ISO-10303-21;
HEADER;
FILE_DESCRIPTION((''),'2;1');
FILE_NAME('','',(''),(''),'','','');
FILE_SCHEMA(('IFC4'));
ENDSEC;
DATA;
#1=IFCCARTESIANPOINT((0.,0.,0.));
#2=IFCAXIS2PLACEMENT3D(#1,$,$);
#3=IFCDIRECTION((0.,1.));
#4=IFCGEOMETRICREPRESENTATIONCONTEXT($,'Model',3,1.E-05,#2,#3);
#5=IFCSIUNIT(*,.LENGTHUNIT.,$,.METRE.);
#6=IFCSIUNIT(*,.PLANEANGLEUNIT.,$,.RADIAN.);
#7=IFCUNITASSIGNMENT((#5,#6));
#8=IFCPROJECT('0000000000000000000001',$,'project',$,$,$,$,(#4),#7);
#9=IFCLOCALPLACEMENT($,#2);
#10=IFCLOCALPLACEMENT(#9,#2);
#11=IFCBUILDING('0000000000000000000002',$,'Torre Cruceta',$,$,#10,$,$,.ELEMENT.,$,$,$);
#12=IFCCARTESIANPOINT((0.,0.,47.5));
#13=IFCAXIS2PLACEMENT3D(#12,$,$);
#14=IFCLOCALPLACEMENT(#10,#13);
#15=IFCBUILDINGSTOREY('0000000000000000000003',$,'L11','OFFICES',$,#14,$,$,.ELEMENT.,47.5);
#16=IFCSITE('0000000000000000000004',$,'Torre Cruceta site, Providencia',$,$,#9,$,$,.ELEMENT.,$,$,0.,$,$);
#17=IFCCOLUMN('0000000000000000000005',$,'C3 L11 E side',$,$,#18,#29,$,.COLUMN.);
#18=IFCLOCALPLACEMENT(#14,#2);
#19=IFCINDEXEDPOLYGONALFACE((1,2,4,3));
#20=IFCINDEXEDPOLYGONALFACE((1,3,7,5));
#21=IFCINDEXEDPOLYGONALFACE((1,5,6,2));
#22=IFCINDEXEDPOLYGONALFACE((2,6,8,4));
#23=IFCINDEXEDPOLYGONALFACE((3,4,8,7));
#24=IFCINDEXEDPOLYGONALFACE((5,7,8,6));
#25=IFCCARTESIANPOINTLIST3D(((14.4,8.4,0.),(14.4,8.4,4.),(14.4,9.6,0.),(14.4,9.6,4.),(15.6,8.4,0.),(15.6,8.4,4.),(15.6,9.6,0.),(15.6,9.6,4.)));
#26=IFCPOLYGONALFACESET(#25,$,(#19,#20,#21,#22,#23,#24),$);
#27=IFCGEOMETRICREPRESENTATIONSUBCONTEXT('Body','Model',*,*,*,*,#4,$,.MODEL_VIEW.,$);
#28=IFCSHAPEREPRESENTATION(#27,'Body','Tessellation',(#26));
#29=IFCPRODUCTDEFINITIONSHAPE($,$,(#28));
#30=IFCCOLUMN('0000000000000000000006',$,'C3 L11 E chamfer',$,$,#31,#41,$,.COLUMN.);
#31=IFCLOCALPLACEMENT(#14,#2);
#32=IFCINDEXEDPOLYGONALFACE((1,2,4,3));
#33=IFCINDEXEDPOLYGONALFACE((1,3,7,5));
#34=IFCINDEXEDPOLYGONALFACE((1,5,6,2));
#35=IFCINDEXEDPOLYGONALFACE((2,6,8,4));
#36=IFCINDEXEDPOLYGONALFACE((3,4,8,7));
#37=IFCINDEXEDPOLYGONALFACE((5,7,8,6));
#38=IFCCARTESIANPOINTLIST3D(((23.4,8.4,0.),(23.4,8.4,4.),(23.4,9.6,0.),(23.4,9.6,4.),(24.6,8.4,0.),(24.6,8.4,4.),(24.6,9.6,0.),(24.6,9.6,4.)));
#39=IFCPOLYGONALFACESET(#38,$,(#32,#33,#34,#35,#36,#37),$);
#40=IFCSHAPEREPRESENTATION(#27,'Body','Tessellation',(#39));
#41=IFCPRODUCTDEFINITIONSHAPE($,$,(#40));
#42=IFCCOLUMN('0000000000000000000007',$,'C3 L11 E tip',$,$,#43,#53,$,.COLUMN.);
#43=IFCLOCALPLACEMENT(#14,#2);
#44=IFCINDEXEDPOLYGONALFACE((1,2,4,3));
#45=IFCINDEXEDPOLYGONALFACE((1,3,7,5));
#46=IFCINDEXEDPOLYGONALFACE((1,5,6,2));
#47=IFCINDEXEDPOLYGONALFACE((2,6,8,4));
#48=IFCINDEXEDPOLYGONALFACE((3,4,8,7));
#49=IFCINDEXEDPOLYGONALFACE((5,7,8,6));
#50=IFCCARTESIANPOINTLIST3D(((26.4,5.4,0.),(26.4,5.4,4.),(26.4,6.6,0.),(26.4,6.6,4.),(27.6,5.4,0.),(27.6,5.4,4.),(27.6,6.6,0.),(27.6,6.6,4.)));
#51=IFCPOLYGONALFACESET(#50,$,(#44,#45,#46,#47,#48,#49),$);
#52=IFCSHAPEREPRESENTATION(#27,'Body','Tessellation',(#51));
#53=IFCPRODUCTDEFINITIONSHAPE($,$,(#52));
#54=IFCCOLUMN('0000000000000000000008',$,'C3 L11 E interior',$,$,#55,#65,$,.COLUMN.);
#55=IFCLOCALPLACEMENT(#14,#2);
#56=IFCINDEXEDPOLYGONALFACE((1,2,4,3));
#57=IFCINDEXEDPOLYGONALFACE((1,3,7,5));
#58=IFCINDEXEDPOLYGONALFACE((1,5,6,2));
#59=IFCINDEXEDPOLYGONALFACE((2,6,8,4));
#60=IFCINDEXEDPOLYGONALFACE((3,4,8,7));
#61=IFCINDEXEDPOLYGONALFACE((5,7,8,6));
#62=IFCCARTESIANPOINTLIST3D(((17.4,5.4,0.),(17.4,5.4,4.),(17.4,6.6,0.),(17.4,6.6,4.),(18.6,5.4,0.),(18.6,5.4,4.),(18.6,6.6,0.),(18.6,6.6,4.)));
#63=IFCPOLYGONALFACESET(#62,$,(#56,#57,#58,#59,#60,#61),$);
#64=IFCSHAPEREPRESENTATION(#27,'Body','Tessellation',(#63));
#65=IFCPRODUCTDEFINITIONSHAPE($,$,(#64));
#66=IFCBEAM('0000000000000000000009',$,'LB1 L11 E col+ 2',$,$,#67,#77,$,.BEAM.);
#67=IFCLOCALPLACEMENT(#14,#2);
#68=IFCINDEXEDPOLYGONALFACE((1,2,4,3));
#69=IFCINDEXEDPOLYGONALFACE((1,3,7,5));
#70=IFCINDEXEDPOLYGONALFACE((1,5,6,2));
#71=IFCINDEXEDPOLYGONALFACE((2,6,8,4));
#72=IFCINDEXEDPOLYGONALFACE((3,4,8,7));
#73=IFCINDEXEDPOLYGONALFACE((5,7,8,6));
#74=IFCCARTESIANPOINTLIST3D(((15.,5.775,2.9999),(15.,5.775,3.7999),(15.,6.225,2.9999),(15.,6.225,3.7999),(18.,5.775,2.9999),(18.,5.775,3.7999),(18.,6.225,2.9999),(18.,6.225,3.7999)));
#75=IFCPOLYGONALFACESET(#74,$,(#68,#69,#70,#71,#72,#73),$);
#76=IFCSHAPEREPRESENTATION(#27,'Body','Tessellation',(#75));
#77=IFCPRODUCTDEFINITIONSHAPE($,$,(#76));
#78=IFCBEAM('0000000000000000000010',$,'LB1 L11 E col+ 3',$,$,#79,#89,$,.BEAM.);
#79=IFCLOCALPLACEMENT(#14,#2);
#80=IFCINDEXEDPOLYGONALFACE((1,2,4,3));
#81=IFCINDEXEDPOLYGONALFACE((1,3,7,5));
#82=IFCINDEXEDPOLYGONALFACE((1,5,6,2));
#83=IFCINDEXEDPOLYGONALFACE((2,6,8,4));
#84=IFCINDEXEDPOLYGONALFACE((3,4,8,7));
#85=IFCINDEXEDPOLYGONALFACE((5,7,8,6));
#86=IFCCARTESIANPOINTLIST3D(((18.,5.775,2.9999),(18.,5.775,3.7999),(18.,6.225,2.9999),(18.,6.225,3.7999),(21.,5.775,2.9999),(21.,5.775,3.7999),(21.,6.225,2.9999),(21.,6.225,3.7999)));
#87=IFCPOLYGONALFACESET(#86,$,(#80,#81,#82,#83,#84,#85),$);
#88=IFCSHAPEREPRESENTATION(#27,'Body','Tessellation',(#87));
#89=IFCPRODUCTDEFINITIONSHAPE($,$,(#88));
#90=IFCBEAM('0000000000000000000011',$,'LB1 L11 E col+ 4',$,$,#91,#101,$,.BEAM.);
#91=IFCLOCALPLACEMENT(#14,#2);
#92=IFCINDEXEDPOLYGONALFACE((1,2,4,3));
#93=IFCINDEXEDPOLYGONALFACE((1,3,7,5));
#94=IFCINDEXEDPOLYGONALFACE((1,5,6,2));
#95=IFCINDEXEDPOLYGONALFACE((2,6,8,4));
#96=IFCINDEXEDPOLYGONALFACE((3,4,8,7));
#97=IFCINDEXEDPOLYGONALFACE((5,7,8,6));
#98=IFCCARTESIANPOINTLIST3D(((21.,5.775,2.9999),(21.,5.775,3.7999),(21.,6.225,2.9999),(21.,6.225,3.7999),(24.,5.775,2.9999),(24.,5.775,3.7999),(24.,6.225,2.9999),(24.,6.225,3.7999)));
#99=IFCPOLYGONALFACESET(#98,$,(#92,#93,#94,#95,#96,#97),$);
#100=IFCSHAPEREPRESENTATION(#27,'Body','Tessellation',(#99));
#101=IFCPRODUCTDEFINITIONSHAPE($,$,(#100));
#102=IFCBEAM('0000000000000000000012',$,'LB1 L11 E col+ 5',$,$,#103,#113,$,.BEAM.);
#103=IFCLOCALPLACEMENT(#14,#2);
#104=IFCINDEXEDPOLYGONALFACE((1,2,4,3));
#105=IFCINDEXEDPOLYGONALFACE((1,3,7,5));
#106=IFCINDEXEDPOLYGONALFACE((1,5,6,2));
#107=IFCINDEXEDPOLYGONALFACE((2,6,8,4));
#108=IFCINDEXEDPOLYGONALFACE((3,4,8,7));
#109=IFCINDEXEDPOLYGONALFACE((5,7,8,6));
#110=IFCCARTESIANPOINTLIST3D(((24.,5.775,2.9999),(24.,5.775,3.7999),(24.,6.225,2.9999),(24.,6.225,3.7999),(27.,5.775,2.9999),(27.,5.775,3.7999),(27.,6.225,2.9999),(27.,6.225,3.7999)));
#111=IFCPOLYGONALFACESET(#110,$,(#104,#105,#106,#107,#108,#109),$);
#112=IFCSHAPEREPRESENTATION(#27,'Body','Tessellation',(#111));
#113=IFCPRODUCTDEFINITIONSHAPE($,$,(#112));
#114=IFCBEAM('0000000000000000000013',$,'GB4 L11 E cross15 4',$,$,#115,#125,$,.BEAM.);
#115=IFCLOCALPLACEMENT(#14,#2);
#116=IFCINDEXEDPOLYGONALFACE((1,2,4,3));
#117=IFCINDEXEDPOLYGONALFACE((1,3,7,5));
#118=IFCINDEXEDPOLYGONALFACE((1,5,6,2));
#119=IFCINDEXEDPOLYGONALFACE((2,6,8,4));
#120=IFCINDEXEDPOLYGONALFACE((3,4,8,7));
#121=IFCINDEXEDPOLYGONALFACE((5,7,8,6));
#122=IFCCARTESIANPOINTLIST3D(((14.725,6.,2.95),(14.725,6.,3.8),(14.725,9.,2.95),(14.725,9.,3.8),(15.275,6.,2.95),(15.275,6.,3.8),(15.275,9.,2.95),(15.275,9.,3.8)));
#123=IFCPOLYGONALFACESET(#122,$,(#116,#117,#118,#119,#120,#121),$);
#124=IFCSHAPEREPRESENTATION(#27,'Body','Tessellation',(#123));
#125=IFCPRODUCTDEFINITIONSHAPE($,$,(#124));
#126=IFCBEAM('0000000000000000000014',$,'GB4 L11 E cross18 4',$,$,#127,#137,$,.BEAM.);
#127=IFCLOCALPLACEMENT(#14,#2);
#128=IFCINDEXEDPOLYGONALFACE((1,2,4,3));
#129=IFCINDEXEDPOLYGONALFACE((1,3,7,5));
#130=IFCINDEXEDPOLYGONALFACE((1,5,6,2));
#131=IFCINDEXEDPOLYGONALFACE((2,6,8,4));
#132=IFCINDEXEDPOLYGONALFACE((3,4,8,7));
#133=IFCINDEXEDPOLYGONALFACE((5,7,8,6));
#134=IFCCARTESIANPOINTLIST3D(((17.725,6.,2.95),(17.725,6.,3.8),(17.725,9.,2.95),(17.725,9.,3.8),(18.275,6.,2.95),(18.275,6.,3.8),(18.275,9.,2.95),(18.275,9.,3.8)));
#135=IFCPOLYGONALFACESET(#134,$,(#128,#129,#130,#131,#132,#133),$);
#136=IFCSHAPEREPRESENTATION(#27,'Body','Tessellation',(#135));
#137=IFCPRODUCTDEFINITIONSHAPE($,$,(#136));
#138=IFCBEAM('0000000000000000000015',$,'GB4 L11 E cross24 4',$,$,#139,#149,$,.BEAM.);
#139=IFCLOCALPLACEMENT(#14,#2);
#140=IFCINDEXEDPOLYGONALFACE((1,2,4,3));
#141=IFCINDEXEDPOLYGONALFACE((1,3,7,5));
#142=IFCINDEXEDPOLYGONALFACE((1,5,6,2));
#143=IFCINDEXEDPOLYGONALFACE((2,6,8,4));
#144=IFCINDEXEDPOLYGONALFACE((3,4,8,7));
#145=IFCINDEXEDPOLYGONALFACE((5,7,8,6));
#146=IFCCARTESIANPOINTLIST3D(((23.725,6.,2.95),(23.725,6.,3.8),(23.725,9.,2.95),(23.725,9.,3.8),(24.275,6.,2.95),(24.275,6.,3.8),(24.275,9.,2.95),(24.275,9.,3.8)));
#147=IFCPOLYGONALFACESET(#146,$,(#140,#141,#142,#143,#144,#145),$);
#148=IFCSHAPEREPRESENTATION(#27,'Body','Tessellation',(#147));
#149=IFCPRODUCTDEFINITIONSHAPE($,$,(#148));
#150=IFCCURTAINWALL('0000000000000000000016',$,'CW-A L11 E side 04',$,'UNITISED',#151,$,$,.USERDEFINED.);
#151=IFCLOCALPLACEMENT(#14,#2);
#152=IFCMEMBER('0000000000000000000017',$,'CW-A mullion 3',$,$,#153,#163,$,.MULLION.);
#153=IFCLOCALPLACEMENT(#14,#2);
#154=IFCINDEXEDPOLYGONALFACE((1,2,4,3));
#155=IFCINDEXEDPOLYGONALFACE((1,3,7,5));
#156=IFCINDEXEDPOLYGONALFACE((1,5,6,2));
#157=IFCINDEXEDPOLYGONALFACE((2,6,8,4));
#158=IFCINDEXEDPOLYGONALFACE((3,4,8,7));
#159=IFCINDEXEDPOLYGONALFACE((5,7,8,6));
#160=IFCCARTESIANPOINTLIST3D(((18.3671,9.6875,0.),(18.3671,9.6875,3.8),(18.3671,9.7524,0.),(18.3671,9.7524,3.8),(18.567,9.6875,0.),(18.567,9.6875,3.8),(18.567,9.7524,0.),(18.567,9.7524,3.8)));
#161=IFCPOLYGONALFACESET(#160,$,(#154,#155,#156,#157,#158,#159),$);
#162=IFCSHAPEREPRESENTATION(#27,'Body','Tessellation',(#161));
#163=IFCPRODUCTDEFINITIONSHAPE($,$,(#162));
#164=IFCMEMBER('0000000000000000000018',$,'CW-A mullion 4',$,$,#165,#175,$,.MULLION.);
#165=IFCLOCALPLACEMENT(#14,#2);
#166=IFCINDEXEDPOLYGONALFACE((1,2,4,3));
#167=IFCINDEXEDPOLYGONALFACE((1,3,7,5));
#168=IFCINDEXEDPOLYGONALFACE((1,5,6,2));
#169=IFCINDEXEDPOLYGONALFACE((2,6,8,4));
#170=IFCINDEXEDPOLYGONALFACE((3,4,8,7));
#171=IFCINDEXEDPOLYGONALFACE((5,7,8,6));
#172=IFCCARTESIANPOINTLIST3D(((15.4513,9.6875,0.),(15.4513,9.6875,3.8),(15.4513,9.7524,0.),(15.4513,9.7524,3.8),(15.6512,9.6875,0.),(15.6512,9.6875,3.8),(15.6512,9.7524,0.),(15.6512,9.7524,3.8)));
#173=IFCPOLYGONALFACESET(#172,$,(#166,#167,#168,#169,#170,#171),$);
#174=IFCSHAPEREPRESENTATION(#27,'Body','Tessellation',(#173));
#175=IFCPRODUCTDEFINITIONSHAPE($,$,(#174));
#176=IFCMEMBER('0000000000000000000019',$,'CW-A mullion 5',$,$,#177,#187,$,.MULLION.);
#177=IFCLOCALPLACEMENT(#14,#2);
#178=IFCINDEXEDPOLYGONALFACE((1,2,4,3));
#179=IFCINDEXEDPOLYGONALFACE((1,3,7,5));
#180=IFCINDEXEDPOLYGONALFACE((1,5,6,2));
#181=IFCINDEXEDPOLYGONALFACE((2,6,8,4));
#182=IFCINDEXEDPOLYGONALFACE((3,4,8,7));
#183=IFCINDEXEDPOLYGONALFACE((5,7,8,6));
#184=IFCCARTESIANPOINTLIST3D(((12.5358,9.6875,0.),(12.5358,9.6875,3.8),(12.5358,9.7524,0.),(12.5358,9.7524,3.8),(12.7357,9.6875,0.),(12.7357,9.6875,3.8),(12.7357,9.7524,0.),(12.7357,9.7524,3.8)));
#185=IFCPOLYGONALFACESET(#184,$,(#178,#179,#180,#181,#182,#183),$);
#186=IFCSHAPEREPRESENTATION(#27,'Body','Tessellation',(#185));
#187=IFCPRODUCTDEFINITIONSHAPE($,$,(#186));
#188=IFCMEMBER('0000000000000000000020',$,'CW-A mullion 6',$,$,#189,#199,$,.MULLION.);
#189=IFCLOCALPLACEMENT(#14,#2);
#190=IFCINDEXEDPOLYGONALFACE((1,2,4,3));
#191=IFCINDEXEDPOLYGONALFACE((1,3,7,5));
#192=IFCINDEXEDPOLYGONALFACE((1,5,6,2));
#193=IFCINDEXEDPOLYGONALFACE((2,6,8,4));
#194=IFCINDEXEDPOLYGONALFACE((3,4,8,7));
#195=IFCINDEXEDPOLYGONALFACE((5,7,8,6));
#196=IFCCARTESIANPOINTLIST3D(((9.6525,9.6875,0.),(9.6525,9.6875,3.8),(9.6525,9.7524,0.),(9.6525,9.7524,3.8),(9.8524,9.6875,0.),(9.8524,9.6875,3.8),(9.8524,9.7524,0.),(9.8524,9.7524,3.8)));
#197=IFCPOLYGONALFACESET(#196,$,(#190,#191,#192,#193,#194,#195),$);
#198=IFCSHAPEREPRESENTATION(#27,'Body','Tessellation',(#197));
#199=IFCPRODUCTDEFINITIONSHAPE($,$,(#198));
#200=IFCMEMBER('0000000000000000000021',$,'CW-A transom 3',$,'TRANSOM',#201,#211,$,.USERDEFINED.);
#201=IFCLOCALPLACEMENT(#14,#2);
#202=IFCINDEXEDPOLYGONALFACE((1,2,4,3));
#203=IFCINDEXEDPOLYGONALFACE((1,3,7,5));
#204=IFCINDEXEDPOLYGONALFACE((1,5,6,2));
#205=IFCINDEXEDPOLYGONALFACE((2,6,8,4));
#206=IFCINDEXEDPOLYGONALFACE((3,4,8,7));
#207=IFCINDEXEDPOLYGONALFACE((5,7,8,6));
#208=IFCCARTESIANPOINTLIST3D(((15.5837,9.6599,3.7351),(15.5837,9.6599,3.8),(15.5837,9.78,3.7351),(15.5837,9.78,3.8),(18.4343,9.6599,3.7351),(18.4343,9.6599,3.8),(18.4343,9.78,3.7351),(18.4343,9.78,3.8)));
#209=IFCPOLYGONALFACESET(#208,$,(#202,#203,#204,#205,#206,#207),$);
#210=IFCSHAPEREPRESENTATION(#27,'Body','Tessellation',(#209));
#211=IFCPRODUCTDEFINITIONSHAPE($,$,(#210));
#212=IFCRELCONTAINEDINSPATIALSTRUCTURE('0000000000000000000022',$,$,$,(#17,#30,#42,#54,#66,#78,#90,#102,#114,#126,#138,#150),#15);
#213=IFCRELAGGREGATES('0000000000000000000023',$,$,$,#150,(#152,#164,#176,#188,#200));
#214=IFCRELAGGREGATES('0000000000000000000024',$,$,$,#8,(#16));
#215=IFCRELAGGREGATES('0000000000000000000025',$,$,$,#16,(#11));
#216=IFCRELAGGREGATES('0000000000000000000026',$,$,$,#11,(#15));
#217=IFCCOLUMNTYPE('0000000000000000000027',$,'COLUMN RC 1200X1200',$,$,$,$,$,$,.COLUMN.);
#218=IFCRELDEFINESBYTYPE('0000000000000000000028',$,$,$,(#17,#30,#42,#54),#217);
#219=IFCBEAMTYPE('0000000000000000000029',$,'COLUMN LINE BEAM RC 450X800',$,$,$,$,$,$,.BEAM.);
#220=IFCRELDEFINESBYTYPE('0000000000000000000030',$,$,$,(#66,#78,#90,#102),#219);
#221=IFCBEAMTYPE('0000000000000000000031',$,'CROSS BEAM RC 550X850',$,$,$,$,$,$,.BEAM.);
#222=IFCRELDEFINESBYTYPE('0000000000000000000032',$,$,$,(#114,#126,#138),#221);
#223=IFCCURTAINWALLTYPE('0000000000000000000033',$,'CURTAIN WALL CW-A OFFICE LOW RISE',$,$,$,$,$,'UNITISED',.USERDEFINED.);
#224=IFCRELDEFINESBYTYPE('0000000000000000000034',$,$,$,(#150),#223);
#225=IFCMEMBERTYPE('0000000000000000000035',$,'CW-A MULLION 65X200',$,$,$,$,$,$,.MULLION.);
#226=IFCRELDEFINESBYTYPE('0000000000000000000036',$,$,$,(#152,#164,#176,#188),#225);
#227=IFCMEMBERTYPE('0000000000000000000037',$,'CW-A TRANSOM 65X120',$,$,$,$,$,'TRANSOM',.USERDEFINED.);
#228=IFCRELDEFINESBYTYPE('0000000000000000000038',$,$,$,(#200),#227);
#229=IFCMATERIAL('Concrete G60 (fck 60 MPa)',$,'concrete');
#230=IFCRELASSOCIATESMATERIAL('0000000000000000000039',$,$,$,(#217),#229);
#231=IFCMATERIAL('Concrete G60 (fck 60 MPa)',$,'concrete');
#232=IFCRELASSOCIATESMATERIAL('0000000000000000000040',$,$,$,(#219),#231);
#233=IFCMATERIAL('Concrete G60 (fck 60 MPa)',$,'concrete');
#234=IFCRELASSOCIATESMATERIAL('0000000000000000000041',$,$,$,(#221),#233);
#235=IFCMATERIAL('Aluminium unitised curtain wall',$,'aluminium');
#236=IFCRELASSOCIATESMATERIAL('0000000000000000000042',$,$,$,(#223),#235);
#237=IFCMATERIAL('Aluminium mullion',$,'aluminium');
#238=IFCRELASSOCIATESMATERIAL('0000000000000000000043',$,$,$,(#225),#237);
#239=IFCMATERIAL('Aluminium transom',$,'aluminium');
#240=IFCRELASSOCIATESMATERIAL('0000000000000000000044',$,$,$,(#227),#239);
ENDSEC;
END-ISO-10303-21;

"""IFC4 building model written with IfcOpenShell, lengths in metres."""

from ifc_helpers import new_model, si_unit, direction, frame, origin, origin_2d, place, context, subcontext, project, spatial, rectangle, extrude, material, material_profile, profile_set, type_object, element, aggregate, save


model = new_model("IFC4")

# Units and contexts
model_context = context("Model", 3, precision=1e-05, world=origin(), true_north=direction((0.0, 1.0)))
body_context = subcontext(model_context, "Body", "Model", "MODEL_VIEW")
ifc_project = project(units=[si_unit("LENGTHUNIT", "METRE"), si_unit("PLANEANGLEUNIT", "RADIAN")], contexts=[model_context])

# Site, building, storey
site_placement = place(None, origin())
site = spatial("IfcSite", under=ifc_project, at=site_placement, Name="Torre Cruceta site, Providencia", CompositionType="ELEMENT", RefElevation=0.0)
building_placement = place(site_placement, origin())
building = spatial("IfcBuilding", under=site, at=building_placement, Name="Torre Cruceta", CompositionType="ELEMENT")
storey_placement = place(building_placement, frame((0.0, 0.0, 47.5)))
storey = spatial("IfcBuildingStorey", under=building, at=storey_placement, Name="L11", Description="OFFICES", CompositionType="ELEMENT", Elevation=47.5)

# Columns
ifc_material_1 = material(Name="Concrete G60 (fck 60 MPa)", Category="concrete")
ifc_material_profile_1 = material_profile(ifc_material_1, rectangle(XDim=1.2, YDim=1.2, at=origin_2d()), Name="RC 1200X1200")
ifc_profile_set_1 = profile_set([ifc_material_profile_1], Name="Concrete G60 (fck 60 MPa)")
column_type = type_object("IfcColumnType", Name="COLUMN RC 1200X1200", PredefinedType="COLUMN", material=ifc_profile_set_1)
for number, where, z_axis, x_axis, name in (
    (1, (15.0, 9.0, 0.0), (0.0, 0.0, 1.0), (1.0, 0.0, 0.0), "C3 L11 E side"),
    (2, (24.0, 9.0, 0.0), (0.0, 0.0, 1.0), (1.0, 0.0, 0.0), "C3 L11 E chamfer"),
    (3, (27.0, 6.0, 0.0), (0.0, 0.0, 1.0), (1.0, 0.0, 0.0), "C3 L11 E tip"),
    (4, (18.0, 6.0, 0.0), (0.0, 0.0, 1.0), (1.0, 0.0, 0.0), "C3 L11 E interior"),
):
    element("IfcColumn", number, at=place(storey_placement, frame(where, z_axis=z_axis, x_axis=x_axis)), inside=storey, type_object=column_type, Name=name, PredefinedType="COLUMN", context=body_context, shape_type="SweptSolid", body=[
        extrude(rectangle(XDim=1.2, YDim=1.2, at=origin_2d()), origin(), (0.0, 0.0, 1.0), 4.0),
    ])

# Beams
ifc_material_2 = material(Name="Concrete G60 (fck 60 MPa)", Category="concrete")
ifc_material_profile_2 = material_profile(ifc_material_2, rectangle(XDim=0.45, YDim=0.8, at=origin_2d()), Name="RC 450X800")
ifc_profile_set_2 = profile_set([ifc_material_profile_2], Name="Concrete G60 (fck 60 MPa)")
beam_type_1 = type_object("IfcBeamType", Name="COLUMN LINE BEAM RC 450X800", PredefinedType="BEAM", material=ifc_profile_set_2)
for number, where, z_axis, x_axis, name in (
    (5, (15.0, 6.0, 3.3999), (1.0, 0.0, 0.0), (0.0, 1.0, 0.0), "LB1 L11 E col+ 2"),
    (6, (18.0, 6.0, 3.3999), (1.0, 0.0, 0.0), (0.0, 1.0, 0.0), "LB1 L11 E col+ 3"),
    (7, (21.0, 6.0, 3.3999), (1.0, 0.0, 0.0), (0.0, 1.0, 0.0), "LB1 L11 E col+ 4"),
    (8, (24.0, 6.0, 3.3999), (1.0, 0.0, 0.0), (0.0, 1.0, 0.0), "LB1 L11 E col+ 5"),
):
    element("IfcBeam", number, at=place(storey_placement, frame(where, z_axis=z_axis, x_axis=x_axis)), inside=storey, type_object=beam_type_1, Name=name, PredefinedType="BEAM", context=body_context, shape_type="SweptSolid", body=[
        extrude(rectangle(XDim=0.45, YDim=0.8, at=origin_2d()), origin(), (0.0, 0.0, 1.0), 3.0),
    ])
ifc_material_3 = material(Name="Concrete G60 (fck 60 MPa)", Category="concrete")
ifc_material_profile_3 = material_profile(ifc_material_3, rectangle(XDim=0.55, YDim=0.8501, at=origin_2d()), Name="RC 550X850")
ifc_profile_set_3 = profile_set([ifc_material_profile_3], Name="Concrete G60 (fck 60 MPa)")
beam_type_2 = type_object("IfcBeamType", Name="CROSS BEAM RC 550X850", PredefinedType="BEAM", material=ifc_profile_set_3)
for number, where, z_axis, x_axis, name in (
    (9, (15.0, 6.0, 3.375), (0.0, 1.0, 0.0), (-1.0, 0.0, 0.0), "GB4 L11 E cross15 4"),
    (10, (18.0, 6.0, 3.375), (0.0, 1.0, 0.0), (-1.0, 0.0, 0.0), "GB4 L11 E cross18 4"),
    (11, (24.0, 6.0, 3.375), (0.0, 1.0, 0.0), (-1.0, 0.0, 0.0), "GB4 L11 E cross24 4"),
):
    element("IfcBeam", number, at=place(storey_placement, frame(where, z_axis=z_axis, x_axis=x_axis)), inside=storey, type_object=beam_type_2, Name=name, PredefinedType="BEAM", context=body_context, shape_type="SweptSolid", body=[
        extrude(rectangle(XDim=0.55, YDim=0.8501, at=origin_2d()), origin(), (0.0, 0.0, 1.0), 3.0),
    ])

# Curtain wall, members
ifc_material_4 = material(Name="Aluminium unitised curtain wall", Category="aluminium")
curtain_wall_type = type_object("IfcCurtainWallType", Name="CURTAIN WALL CW-A OFFICE LOW RISE", ElementType="UNITISED", PredefinedType="USERDEFINED", material=ifc_material_4)
curtain_wall_placement = place(storey_placement, origin())
curtain_wall = element("IfcCurtainWall", 12, at=curtain_wall_placement, inside=storey, type_object=curtain_wall_type, Name="CW-A L11 E side 04", ObjectType="UNITISED", PredefinedType="USERDEFINED")
ifc_material_5 = material(Name="Aluminium mullion", Category="aluminium")
ifc_material_profile_4 = material_profile(ifc_material_5, rectangle(XDim=0.0649, YDim=0.2, at=origin_2d()), Name="AL 65X200")
ifc_profile_set_4 = profile_set([ifc_material_profile_4], Name="Aluminium mullion")
member_type_1 = type_object("IfcMemberType", Name="CW-A MULLION 65X200", PredefinedType="MULLION", material=ifc_profile_set_4)
member_1_placement = place(storey_placement, frame((18.467, 9.72, 0.0), z_axis=(0.0, 0.0, 1.0), x_axis=(0.0, -1.0, 0.0)))
member_1 = element("IfcMember", 13, at=member_1_placement, type_object=member_type_1, Name="CW-A mullion 3", PredefinedType="MULLION", context=body_context, shape_type="SweptSolid", body=[
    extrude(rectangle(XDim=0.0649, YDim=0.2, at=origin_2d()), origin(), (0.0, 0.0, 1.0), 3.8),
])
member_2_placement = place(storey_placement, frame((15.5513, 9.72, 0.0), z_axis=(0.0, 0.0, 1.0), x_axis=(0.0, -1.0, 0.0)))
member_2 = element("IfcMember", 14, at=member_2_placement, type_object=member_type_1, Name="CW-A mullion 4", PredefinedType="MULLION", context=body_context, shape_type="SweptSolid", body=[
    extrude(rectangle(XDim=0.0649, YDim=0.2, at=origin_2d()), origin(), (0.0, 0.0, 1.0), 3.8),
])
member_3_placement = place(storey_placement, frame((12.6357, 9.72, 0.0), z_axis=(0.0, 0.0, 1.0), x_axis=(0.0, -1.0, 0.0)))
member_3 = element("IfcMember", 15, at=member_3_placement, type_object=member_type_1, Name="CW-A mullion 5", PredefinedType="MULLION", context=body_context, shape_type="SweptSolid", body=[
    extrude(rectangle(XDim=0.0649, YDim=0.2, at=origin_2d()), origin(), (0.0, 0.0, 1.0), 3.8),
])
member_4_placement = place(storey_placement, frame((9.7524, 9.72, 0.0), z_axis=(0.0, 0.0, 1.0), x_axis=(0.0, -1.0, 0.0)))
member_4 = element("IfcMember", 16, at=member_4_placement, type_object=member_type_1, Name="CW-A mullion 6", PredefinedType="MULLION", context=body_context, shape_type="SweptSolid", body=[
    extrude(rectangle(XDim=0.0649, YDim=0.2, at=origin_2d()), origin(), (0.0, 0.0, 1.0), 3.8),
])
ifc_material_6 = material(Name="Aluminium transom", Category="aluminium")
ifc_material_profile_5 = material_profile(ifc_material_6, rectangle(XDim=0.1201, YDim=0.0649, at=origin_2d()), Name="AL 120X65")
ifc_profile_set_5 = profile_set([ifc_material_profile_5], Name="Aluminium transom")
member_type_2 = type_object("IfcMemberType", Name="CW-A TRANSOM 65X120", ElementType="TRANSOM", PredefinedType="USERDEFINED", material=ifc_profile_set_5)
member_5_placement = place(storey_placement, frame((18.4343, 9.72, 3.7676), z_axis=(-1.0, 0.0, 0.0), x_axis=(0.0, -1.0, 0.0)))
member_5 = element("IfcMember", 17, at=member_5_placement, type_object=member_type_2, Name="CW-A transom 3", ObjectType="TRANSOM", PredefinedType="USERDEFINED", context=body_context, shape_type="SweptSolid", body=[
    extrude(rectangle(XDim=0.1201, YDim=0.0649, at=origin_2d()), origin(), (0.0, 0.0, 1.0), 2.8506),
])

aggregate(curtain_wall, [member_1, member_2, member_3, member_4, member_5])

save(model, "model.ifc")
